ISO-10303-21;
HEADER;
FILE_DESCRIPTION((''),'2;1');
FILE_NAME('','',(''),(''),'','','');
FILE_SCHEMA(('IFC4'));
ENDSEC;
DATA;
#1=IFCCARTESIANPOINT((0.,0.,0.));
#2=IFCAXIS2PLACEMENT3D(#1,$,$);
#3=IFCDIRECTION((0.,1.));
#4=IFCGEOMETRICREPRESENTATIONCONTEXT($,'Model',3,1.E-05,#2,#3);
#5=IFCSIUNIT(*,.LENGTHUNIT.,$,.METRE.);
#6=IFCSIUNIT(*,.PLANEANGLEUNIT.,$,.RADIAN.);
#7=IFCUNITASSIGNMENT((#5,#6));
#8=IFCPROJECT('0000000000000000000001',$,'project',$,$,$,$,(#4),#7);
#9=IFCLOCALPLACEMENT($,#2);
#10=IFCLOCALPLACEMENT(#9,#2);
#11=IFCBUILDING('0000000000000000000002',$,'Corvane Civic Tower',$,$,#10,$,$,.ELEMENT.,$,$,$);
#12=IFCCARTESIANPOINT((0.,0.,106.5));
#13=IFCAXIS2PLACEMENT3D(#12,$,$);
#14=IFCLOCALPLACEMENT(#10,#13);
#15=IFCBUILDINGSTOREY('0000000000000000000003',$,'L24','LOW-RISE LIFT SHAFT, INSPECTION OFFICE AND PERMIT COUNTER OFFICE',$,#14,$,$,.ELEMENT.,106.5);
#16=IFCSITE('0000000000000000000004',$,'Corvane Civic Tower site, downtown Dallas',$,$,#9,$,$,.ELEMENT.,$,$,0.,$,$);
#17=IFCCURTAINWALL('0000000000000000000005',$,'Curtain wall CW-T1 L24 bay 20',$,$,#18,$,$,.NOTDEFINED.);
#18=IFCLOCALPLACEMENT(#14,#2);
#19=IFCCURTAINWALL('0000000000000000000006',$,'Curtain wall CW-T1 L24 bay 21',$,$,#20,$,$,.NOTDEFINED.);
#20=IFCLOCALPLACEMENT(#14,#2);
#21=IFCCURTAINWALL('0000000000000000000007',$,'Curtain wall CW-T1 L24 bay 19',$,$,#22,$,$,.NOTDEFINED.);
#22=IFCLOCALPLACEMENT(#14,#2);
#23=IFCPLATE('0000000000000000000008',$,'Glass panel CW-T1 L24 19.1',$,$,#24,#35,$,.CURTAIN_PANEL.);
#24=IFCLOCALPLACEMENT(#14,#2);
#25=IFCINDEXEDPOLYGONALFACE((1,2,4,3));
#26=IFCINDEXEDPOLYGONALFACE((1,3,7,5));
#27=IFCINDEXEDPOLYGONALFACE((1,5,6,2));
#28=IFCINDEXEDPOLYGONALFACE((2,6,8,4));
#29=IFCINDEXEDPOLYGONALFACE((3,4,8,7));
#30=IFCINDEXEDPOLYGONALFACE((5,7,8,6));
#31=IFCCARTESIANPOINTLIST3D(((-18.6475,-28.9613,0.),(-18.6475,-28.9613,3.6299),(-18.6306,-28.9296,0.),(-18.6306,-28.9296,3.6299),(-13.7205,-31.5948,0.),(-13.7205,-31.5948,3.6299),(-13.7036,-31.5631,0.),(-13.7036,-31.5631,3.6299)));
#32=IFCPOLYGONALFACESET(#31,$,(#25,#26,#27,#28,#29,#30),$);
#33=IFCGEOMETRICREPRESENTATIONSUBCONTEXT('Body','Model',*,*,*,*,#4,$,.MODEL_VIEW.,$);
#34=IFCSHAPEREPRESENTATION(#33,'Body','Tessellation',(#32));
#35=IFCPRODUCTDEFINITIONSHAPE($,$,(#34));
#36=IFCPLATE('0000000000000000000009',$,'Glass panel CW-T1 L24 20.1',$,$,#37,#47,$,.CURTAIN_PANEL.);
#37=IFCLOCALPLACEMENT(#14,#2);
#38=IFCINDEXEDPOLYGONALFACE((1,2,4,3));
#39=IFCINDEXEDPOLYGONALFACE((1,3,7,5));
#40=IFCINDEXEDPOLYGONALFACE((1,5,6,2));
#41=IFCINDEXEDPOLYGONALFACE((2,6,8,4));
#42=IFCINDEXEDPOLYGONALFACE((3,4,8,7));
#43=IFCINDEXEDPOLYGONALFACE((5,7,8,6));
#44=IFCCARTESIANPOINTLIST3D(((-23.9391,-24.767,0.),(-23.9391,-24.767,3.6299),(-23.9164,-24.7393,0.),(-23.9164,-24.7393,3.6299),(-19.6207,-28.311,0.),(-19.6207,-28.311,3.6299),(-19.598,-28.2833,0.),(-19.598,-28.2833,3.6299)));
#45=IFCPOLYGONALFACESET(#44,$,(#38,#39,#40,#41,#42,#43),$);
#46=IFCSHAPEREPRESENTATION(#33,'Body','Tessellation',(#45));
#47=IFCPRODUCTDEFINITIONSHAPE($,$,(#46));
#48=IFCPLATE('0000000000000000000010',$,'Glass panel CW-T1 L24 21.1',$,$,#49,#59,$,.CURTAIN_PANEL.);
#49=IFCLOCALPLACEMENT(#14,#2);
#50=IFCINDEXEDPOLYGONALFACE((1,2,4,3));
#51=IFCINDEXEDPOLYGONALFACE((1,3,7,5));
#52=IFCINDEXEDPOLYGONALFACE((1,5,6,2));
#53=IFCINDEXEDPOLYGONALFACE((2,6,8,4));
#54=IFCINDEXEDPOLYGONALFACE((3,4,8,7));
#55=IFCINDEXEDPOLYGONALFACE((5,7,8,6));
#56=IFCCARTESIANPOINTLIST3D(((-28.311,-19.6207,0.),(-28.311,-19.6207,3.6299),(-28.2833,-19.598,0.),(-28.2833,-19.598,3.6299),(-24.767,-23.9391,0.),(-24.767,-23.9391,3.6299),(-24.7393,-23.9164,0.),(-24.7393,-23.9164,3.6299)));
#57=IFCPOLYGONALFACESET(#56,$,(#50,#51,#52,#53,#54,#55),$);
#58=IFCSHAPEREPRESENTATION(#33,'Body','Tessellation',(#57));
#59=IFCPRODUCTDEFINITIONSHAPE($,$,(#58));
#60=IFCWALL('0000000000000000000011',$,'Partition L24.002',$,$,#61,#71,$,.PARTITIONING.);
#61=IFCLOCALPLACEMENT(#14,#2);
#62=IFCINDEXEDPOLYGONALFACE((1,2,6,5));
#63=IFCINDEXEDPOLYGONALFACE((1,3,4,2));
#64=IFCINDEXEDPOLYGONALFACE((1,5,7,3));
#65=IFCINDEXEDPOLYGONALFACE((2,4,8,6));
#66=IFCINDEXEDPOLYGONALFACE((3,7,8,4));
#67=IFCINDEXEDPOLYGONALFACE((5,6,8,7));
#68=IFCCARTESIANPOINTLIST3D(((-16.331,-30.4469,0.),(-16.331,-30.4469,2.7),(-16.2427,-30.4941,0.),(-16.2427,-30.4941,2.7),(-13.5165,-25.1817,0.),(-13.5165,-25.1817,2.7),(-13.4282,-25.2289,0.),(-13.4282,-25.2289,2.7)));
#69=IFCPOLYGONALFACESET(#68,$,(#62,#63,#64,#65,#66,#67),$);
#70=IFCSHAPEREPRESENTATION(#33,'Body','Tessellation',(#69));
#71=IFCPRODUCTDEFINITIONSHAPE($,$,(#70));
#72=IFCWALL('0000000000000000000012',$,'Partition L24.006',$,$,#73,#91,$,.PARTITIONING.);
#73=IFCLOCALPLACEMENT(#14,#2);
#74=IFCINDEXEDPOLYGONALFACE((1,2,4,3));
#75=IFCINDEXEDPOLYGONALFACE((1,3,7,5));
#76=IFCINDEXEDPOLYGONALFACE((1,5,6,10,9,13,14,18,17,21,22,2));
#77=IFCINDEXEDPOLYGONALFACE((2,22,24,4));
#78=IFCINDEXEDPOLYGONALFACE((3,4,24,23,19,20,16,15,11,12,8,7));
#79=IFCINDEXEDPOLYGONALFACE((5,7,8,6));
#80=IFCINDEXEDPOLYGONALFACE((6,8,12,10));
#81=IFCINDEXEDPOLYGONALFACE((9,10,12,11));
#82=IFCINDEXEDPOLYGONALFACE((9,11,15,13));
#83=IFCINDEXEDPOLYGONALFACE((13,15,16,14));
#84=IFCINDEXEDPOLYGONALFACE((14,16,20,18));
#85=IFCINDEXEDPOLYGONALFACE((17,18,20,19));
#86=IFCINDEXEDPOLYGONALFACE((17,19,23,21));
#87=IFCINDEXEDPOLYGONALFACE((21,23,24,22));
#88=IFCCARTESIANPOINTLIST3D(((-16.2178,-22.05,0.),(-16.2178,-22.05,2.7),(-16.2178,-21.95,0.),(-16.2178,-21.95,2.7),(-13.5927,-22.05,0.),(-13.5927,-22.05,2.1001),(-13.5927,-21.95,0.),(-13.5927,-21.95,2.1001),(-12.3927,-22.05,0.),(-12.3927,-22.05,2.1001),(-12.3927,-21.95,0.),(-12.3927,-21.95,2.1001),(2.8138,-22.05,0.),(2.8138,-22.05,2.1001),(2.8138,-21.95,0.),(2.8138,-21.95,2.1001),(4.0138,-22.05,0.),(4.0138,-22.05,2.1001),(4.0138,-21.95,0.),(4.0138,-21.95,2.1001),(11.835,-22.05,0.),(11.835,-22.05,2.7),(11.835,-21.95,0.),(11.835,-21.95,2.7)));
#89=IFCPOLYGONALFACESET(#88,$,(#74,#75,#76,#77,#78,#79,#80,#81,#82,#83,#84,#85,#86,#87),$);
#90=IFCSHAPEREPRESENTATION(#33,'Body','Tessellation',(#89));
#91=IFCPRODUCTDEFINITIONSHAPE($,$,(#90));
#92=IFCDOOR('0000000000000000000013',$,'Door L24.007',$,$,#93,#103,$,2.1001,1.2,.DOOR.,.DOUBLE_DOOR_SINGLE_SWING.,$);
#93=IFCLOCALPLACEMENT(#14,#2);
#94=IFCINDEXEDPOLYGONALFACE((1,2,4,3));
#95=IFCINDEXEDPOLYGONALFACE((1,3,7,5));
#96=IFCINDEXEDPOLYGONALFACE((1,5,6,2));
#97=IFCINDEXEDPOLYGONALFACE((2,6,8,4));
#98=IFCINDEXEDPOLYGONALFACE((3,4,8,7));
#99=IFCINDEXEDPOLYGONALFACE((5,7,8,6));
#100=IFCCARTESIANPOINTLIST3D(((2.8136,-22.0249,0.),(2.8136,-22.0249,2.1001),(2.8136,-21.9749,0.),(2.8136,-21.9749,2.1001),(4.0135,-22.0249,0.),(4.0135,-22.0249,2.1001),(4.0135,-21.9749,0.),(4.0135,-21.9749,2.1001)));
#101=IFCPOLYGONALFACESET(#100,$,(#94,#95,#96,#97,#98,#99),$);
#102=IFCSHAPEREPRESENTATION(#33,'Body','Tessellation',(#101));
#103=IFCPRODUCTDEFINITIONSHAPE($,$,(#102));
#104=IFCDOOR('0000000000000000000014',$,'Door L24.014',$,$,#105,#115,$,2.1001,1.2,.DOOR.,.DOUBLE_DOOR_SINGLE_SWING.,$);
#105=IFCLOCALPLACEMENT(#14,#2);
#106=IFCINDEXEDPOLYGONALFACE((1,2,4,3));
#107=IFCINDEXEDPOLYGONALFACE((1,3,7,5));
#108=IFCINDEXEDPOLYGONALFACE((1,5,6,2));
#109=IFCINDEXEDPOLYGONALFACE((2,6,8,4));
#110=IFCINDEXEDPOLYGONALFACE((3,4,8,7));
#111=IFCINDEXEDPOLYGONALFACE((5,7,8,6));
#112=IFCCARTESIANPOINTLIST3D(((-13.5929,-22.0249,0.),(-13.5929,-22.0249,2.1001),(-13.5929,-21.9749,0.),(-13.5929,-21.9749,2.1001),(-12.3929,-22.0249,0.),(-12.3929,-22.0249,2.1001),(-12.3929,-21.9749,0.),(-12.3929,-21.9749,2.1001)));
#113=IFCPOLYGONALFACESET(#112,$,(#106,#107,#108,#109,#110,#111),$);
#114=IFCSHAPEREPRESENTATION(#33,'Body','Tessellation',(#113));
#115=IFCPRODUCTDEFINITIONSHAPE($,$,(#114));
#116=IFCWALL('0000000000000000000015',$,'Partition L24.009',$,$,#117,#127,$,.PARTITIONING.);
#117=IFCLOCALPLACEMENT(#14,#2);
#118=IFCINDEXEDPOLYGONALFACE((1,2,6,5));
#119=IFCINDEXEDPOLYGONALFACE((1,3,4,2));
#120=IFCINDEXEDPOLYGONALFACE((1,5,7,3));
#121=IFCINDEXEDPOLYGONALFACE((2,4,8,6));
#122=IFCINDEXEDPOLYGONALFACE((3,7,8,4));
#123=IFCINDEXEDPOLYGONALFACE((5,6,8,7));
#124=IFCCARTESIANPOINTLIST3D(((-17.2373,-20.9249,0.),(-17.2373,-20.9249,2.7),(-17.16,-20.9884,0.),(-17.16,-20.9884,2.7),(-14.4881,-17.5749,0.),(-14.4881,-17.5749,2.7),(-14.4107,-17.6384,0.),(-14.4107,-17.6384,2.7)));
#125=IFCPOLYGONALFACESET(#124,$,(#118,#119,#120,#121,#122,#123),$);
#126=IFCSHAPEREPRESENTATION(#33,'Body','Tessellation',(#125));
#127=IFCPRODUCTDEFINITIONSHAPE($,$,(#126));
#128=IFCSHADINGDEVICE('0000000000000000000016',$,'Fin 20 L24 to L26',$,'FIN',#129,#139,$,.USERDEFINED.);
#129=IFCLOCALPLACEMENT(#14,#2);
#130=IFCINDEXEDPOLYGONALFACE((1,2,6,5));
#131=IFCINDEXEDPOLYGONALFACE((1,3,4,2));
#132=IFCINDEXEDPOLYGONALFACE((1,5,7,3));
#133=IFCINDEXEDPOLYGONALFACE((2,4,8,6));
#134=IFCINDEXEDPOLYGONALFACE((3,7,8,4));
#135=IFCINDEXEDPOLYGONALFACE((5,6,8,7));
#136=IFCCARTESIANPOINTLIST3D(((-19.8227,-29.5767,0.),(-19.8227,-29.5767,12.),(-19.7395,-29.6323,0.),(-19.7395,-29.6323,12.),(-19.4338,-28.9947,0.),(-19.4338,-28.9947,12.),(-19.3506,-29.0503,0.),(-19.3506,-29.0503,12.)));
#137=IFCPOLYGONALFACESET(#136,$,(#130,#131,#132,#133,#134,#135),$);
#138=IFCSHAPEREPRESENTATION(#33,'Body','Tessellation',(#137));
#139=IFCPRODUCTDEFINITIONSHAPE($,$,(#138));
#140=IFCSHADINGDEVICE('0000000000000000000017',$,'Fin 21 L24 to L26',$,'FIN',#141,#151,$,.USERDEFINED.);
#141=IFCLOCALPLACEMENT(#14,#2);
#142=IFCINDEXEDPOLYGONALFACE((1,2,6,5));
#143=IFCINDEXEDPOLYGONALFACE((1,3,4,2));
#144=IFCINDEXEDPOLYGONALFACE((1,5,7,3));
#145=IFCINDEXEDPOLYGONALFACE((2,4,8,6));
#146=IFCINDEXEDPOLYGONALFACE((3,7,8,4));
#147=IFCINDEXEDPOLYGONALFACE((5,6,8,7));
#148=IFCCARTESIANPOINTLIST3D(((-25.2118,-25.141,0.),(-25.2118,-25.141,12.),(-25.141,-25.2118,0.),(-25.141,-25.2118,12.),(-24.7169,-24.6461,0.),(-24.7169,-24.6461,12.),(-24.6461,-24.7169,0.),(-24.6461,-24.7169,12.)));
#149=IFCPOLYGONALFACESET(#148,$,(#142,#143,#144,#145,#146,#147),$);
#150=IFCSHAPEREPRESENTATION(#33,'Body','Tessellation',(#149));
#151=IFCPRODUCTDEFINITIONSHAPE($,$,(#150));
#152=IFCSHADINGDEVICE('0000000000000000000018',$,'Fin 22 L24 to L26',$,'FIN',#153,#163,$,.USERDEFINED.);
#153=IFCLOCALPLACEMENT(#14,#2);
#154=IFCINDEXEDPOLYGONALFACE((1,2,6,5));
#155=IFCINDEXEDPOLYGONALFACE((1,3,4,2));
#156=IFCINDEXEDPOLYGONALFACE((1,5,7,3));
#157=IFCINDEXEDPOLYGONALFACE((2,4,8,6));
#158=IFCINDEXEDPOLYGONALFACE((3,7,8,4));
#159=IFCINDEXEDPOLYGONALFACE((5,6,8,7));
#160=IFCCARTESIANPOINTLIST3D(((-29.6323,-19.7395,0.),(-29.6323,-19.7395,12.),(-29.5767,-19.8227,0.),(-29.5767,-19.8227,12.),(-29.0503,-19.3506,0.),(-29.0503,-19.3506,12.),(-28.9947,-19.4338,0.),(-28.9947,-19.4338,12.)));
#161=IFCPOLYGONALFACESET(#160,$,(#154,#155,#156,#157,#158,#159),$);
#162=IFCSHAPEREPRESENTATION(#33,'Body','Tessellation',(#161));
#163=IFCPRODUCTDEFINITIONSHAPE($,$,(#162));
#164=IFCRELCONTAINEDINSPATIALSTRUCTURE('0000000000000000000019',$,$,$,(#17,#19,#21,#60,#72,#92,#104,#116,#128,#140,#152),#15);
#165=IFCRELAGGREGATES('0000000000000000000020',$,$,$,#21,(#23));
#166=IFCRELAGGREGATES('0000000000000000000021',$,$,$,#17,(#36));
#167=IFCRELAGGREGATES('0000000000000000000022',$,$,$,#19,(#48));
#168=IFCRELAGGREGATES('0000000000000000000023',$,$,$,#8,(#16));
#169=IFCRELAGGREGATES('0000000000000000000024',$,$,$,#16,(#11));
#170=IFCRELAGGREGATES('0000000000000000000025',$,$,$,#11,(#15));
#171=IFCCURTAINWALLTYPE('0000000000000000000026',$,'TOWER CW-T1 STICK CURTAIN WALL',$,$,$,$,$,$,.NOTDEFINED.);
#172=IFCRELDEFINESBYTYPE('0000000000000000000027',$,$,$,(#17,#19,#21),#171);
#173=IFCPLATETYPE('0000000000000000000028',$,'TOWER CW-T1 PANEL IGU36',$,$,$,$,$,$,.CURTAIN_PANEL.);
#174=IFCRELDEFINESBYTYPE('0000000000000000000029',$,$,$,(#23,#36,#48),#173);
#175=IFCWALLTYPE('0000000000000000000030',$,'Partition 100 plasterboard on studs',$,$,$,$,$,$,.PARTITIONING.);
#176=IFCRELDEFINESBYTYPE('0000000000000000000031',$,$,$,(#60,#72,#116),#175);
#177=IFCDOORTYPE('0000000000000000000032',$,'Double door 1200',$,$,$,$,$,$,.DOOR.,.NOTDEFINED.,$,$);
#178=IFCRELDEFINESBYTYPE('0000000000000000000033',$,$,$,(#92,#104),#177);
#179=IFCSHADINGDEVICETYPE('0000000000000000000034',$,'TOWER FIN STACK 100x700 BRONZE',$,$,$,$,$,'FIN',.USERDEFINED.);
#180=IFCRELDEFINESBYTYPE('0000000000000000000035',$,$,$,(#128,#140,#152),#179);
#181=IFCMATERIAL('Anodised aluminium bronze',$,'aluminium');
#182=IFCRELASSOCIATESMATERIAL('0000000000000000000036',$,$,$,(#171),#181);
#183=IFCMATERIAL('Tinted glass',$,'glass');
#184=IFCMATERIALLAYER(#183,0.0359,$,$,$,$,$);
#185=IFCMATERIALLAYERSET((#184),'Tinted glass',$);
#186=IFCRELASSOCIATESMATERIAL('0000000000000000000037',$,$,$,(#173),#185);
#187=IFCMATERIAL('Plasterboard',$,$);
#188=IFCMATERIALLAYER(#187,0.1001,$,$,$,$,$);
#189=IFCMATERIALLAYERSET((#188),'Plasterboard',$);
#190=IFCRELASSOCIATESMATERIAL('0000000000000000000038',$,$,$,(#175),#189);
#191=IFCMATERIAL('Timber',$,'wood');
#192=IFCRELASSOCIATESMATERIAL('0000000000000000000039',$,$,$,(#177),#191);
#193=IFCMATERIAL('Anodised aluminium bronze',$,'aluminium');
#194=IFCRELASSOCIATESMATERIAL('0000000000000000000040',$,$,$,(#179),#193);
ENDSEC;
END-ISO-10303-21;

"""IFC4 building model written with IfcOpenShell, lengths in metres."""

from ifc_helpers import new_model, si_unit, direction, frame, frame_2d, origin, origin_2d, place, context, subcontext, project, spatial, rectangle, extrude, material, layer, layer_set, material_profile, profile_set, type_object, element, fill, aggregate, save


model = new_model("IFC4")

# Units and contexts
model_context = context("Model", 3, precision=1e-05, world=origin(), true_north=direction((0.0, 1.0)))
body_context = subcontext(model_context, "Body", "Model", "MODEL_VIEW")
ifc_project = project(units=[si_unit("LENGTHUNIT", "METRE"), si_unit("PLANEANGLEUNIT", "RADIAN")], contexts=[model_context])

# Site, building, storey
site_placement = place(None, origin())
site = spatial("IfcSite", under=ifc_project, at=site_placement, Name="Corvane Civic Tower site, downtown Dallas", CompositionType="ELEMENT", RefElevation=0.0)
building_placement = place(site_placement, origin())
building = spatial("IfcBuilding", under=site, at=building_placement, Name="Corvane Civic Tower", CompositionType="ELEMENT")
storey_placement = place(building_placement, frame((0.0, 0.0, 106.5)))
storey = spatial("IfcBuildingStorey", under=building, at=storey_placement, Name="L24", Description="LOW-RISE LIFT SHAFT, INSPECTION OFFICE AND PERMIT COUNTER OFFICE", CompositionType="ELEMENT", Elevation=106.5)

# Curtain walls
ifc_material_1 = material(Name="Anodised aluminium bronze", Category="aluminium")
curtain_wall_type = type_object("IfcCurtainWallType", Name="TOWER CW-T1 STICK CURTAIN WALL", PredefinedType="NOTDEFINED", material=ifc_material_1)
curtain_wall_1_placement = place(storey_placement, origin())
curtain_wall_1 = element("IfcCurtainWall", 1, at=curtain_wall_1_placement, inside=storey, type_object=curtain_wall_type, Name="Curtain wall CW-T1 L24 bay 20", PredefinedType="NOTDEFINED")
curtain_wall_2_placement = place(storey_placement, origin())
curtain_wall_2 = element("IfcCurtainWall", 2, at=curtain_wall_2_placement, inside=storey, type_object=curtain_wall_type, Name="Curtain wall CW-T1 L24 bay 21", PredefinedType="NOTDEFINED")

# Curtain wall, plate
curtain_wall_3_placement = place(storey_placement, origin())
curtain_wall_3 = element("IfcCurtainWall", 3, at=curtain_wall_3_placement, inside=storey, type_object=curtain_wall_type, Name="Curtain wall CW-T1 L24 bay 19", PredefinedType="NOTDEFINED")
ifc_material_2 = material(Name="Tinted glass", Category="glass")
ifc_layer_1 = layer(ifc_material_2, 0.0359)
ifc_layer_set_1 = layer_set([ifc_layer_1], Name="Tinted glass")
plate_type = type_object("IfcPlateType", Name="TOWER CW-T1 PANEL IGU36", PredefinedType="CURTAIN_PANEL", material=ifc_layer_set_1)
plate_1_placement = place(storey_placement, frame((-16.1755, -30.2622, 0.0), z_axis=(0.0, 0.0, 1.0), x_axis=(-0.881924, 0.471392, 0.0)))
plate_1 = element("IfcPlate", 4, at=plate_1_placement, type_object=plate_type, Name="Glass panel CW-T1 L24 19.1", PredefinedType="CURTAIN_PANEL", context=body_context, shape_type="SweptSolid", body=[
    extrude(rectangle(XDim=5.5867, YDim=0.0359, at=origin_2d()), origin(), (0.0, 0.0, 1.0), 3.6299),
])
aggregate(curtain_wall_3, [plate_1])

# Plates
plate_2_placement = place(storey_placement, frame((-21.7686, -26.5251, 0.0), z_axis=(0.0, 0.0, 1.0), x_axis=(-0.773013, 0.63439, 0.0)))
plate_2 = element("IfcPlate", 5, at=plate_2_placement, type_object=plate_type, Name="Glass panel CW-T1 L24 20.1", PredefinedType="CURTAIN_PANEL", context=body_context, shape_type="SweptSolid", body=[
    extrude(rectangle(XDim=5.5864, YDim=0.0359, at=origin_2d()), origin(), (0.0, 0.0, 1.0), 3.6299),
])
aggregate(curtain_wall_1, [plate_2])
plate_3_placement = place(storey_placement, frame((-26.5251, -21.7686, 0.0), z_axis=(0.0, 0.0, 1.0), x_axis=(-0.63439, 0.773013, 0.0)))
plate_3 = element("IfcPlate", 6, at=plate_3_placement, type_object=plate_type, Name="Glass panel CW-T1 L24 21.1", PredefinedType="CURTAIN_PANEL", context=body_context, shape_type="SweptSolid", body=[
    extrude(rectangle(XDim=5.5864, YDim=0.0359, at=origin_2d()), origin(), (0.0, 0.0, 1.0), 3.6299),
])
aggregate(curtain_wall_2, [plate_3])

# Wall
ifc_material_3 = material(Name="Plasterboard")
ifc_layer_2 = layer(ifc_material_3, 0.1001)
ifc_layer_set_2 = layer_set([ifc_layer_2], Name="Plasterboard")
wall_type = type_object("IfcWallType", Name="Partition 100 plasterboard on studs", PredefinedType="PARTITIONING", material=ifc_layer_set_2)
wall_1_placement = place(storey_placement, frame((-16.2869, -30.4705, 0.0), z_axis=(0.0, 0.0, 1.0), x_axis=(0.47142, 0.881909, 0.0)))
element("IfcWall", 7, at=wall_1_placement, inside=storey, type_object=wall_type, Name="Partition L24.002", PredefinedType="PARTITIONING", context=body_context, shape_type="SweptSolid", body=[
    extrude(rectangle(XDim=5.9702, YDim=0.1001, at=frame_2d((2.9851, 0.0))), origin(), (0.0, 0.0, 1.0), 2.7),
])

# Wall, openings, doors
wall_2_placement = place(storey_placement, frame((-16.2178, -22.0, 0.0), z_axis=(0.0, 0.0, 1.0), x_axis=(1.0, 0.0, 0.0)))
wall_2 = element("IfcWall", 8, at=wall_2_placement, inside=storey, type_object=wall_type, Name="Partition L24.006", PredefinedType="PARTITIONING", context=body_context, shape_type="SweptSolid", body=[
    extrude(rectangle(XDim=28.0527, YDim=0.1001, at=frame_2d((14.0264, 0.0))), origin(), (0.0, 0.0, 1.0), 2.7),
])
opening_1_placement = place(wall_2_placement, frame((19.0315, 0.0, 0.0)))
opening_1 = element("IfcOpeningElement", 9, at=opening_1_placement, cuts=wall_2, PredefinedType="OPENING", context=body_context, shape_type="SweptSolid", body=[
    extrude(rectangle(XDim=1.2, YDim=2.1001, at=frame_2d((0.6001, 1.05))), frame((0.0, 0.0601, 0.0), z_axis=(0.0, -1.0, 0.0), x_axis=(1.0, 0.0, 0.0)), (0.0, 0.0, 1.0), 0.1201),
])
opening_2_placement = place(wall_2_placement, frame((2.625, 0.0, 0.0)))
opening_2 = element("IfcOpeningElement", 10, at=opening_2_placement, cuts=wall_2, PredefinedType="OPENING", context=body_context, shape_type="SweptSolid", body=[
    extrude(rectangle(XDim=1.2, YDim=2.1001, at=frame_2d((0.6001, 1.05))), frame((0.0, 0.0601, 0.0), z_axis=(0.0, -1.0, 0.0), x_axis=(1.0, 0.0, 0.0)), (0.0, 0.0, 1.0), 0.1201),
])
ifc_material_4 = material(Name="Timber", Category="wood")
door_type = type_object("IfcDoorType", Name="Double door 1200", OperationType="NOTDEFINED", PredefinedType="DOOR", material=ifc_material_4)
door_1_placement = place(opening_1_placement, frame((1.2, 0.0, 0.0), z_axis=(0.0, 0.0, 1.0), x_axis=(-1.0, 0.0, 0.0)))
door_1 = element("IfcDoor", 11, at=door_1_placement, inside=storey, type_object=door_type, Name="Door L24.007", OperationType="DOUBLE_DOOR_SINGLE_SWING", OverallHeight=2.1001, OverallWidth=1.2, PredefinedType="DOOR", context=body_context, shape_type="SweptSolid", body=[
    extrude(rectangle(XDim=1.2, YDim=2.1001, at=frame_2d((0.6001, 1.05))), frame((0.0, 0.0249, 0.0), z_axis=(0.0, -1.0, 0.0), x_axis=(1.0, 0.0, 0.0)), (0.0, 0.0, 1.0), 0.05),
])
fill(opening_1, door_1)
door_2_placement = place(opening_2_placement, frame((1.2, 0.0, 0.0), z_axis=(0.0, 0.0, 1.0), x_axis=(-1.0, 0.0, 0.0)))
door_2 = element("IfcDoor", 12, at=door_2_placement, inside=storey, type_object=door_type, Name="Door L24.014", OperationType="DOUBLE_DOOR_SINGLE_SWING", OverallHeight=2.1001, OverallWidth=1.2, PredefinedType="DOOR", context=body_context, shape_type="SweptSolid", body=[
    extrude(rectangle(XDim=1.2, YDim=2.1001, at=frame_2d((0.6001, 1.05))), frame((0.0, 0.0249, 0.0), z_axis=(0.0, -1.0, 0.0), x_axis=(1.0, 0.0, 0.0)), (0.0, 0.0, 1.0), 0.05),
])
fill(opening_2, door_2)

# Wall
wall_3_placement = place(storey_placement, frame((-17.1987, -20.9568, 0.0), z_axis=(0.0, 0.0, 1.0), x_axis=(0.634381, 0.77302, 0.0)))
element("IfcWall", 13, at=wall_3_placement, inside=storey, type_object=wall_type, Name="Partition L24.009", PredefinedType="PARTITIONING", context=body_context, shape_type="SweptSolid", body=[
    extrude(rectangle(XDim=4.3337, YDim=0.1001, at=frame_2d((2.167, 0.0))), origin(), (0.0, 0.0, 1.0), 2.7),
])

# Shading devices
ifc_material_5 = material(Name="Anodised aluminium bronze", Category="aluminium")
ifc_material_profile_1 = material_profile(ifc_material_5, rectangle(XDim=0.1001, YDim=0.7, at=origin_2d()), Name="TOWER FIN STACK 100x700 BRONZE")
ifc_profile_set_1 = profile_set([ifc_material_profile_1], Name="Anodised aluminium bronze")
shading_device_type = type_object("IfcShadingDeviceType", Name="TOWER FIN STACK 100x700 BRONZE", ElementType="FIN", PredefinedType="USERDEFINED", material=ifc_profile_set_1)
for number, where, z_axis, x_axis, name in (
    (14, (-19.5867, -29.3135, 0.0), (0.0, 0.0, 1.0), (-0.83147, 0.55557, 0.0), "Fin 20 L24 to L26"),
    (15, (-24.929, -24.929, 0.0), (0.0, 0.0, 1.0), (-0.707107, 0.707107, 0.0), "Fin 21 L24 to L26"),
    (16, (-29.3135, -19.5867, 0.0), (0.0, 0.0, 1.0), (-0.55557, 0.83147, 0.0), "Fin 22 L24 to L26"),
):
    element("IfcShadingDevice", number, at=place(storey_placement, frame(where, z_axis=z_axis, x_axis=x_axis)), inside=storey, type_object=shading_device_type, Name=name, ObjectType="FIN", PredefinedType="USERDEFINED", context=body_context, shape_type="SweptSolid", body=[
        extrude(rectangle(XDim=0.1001, YDim=0.7, at=origin_2d()), origin(), (0.0, 0.0, 1.0), 12.0),
    ])

save(model, "model.ifc")
